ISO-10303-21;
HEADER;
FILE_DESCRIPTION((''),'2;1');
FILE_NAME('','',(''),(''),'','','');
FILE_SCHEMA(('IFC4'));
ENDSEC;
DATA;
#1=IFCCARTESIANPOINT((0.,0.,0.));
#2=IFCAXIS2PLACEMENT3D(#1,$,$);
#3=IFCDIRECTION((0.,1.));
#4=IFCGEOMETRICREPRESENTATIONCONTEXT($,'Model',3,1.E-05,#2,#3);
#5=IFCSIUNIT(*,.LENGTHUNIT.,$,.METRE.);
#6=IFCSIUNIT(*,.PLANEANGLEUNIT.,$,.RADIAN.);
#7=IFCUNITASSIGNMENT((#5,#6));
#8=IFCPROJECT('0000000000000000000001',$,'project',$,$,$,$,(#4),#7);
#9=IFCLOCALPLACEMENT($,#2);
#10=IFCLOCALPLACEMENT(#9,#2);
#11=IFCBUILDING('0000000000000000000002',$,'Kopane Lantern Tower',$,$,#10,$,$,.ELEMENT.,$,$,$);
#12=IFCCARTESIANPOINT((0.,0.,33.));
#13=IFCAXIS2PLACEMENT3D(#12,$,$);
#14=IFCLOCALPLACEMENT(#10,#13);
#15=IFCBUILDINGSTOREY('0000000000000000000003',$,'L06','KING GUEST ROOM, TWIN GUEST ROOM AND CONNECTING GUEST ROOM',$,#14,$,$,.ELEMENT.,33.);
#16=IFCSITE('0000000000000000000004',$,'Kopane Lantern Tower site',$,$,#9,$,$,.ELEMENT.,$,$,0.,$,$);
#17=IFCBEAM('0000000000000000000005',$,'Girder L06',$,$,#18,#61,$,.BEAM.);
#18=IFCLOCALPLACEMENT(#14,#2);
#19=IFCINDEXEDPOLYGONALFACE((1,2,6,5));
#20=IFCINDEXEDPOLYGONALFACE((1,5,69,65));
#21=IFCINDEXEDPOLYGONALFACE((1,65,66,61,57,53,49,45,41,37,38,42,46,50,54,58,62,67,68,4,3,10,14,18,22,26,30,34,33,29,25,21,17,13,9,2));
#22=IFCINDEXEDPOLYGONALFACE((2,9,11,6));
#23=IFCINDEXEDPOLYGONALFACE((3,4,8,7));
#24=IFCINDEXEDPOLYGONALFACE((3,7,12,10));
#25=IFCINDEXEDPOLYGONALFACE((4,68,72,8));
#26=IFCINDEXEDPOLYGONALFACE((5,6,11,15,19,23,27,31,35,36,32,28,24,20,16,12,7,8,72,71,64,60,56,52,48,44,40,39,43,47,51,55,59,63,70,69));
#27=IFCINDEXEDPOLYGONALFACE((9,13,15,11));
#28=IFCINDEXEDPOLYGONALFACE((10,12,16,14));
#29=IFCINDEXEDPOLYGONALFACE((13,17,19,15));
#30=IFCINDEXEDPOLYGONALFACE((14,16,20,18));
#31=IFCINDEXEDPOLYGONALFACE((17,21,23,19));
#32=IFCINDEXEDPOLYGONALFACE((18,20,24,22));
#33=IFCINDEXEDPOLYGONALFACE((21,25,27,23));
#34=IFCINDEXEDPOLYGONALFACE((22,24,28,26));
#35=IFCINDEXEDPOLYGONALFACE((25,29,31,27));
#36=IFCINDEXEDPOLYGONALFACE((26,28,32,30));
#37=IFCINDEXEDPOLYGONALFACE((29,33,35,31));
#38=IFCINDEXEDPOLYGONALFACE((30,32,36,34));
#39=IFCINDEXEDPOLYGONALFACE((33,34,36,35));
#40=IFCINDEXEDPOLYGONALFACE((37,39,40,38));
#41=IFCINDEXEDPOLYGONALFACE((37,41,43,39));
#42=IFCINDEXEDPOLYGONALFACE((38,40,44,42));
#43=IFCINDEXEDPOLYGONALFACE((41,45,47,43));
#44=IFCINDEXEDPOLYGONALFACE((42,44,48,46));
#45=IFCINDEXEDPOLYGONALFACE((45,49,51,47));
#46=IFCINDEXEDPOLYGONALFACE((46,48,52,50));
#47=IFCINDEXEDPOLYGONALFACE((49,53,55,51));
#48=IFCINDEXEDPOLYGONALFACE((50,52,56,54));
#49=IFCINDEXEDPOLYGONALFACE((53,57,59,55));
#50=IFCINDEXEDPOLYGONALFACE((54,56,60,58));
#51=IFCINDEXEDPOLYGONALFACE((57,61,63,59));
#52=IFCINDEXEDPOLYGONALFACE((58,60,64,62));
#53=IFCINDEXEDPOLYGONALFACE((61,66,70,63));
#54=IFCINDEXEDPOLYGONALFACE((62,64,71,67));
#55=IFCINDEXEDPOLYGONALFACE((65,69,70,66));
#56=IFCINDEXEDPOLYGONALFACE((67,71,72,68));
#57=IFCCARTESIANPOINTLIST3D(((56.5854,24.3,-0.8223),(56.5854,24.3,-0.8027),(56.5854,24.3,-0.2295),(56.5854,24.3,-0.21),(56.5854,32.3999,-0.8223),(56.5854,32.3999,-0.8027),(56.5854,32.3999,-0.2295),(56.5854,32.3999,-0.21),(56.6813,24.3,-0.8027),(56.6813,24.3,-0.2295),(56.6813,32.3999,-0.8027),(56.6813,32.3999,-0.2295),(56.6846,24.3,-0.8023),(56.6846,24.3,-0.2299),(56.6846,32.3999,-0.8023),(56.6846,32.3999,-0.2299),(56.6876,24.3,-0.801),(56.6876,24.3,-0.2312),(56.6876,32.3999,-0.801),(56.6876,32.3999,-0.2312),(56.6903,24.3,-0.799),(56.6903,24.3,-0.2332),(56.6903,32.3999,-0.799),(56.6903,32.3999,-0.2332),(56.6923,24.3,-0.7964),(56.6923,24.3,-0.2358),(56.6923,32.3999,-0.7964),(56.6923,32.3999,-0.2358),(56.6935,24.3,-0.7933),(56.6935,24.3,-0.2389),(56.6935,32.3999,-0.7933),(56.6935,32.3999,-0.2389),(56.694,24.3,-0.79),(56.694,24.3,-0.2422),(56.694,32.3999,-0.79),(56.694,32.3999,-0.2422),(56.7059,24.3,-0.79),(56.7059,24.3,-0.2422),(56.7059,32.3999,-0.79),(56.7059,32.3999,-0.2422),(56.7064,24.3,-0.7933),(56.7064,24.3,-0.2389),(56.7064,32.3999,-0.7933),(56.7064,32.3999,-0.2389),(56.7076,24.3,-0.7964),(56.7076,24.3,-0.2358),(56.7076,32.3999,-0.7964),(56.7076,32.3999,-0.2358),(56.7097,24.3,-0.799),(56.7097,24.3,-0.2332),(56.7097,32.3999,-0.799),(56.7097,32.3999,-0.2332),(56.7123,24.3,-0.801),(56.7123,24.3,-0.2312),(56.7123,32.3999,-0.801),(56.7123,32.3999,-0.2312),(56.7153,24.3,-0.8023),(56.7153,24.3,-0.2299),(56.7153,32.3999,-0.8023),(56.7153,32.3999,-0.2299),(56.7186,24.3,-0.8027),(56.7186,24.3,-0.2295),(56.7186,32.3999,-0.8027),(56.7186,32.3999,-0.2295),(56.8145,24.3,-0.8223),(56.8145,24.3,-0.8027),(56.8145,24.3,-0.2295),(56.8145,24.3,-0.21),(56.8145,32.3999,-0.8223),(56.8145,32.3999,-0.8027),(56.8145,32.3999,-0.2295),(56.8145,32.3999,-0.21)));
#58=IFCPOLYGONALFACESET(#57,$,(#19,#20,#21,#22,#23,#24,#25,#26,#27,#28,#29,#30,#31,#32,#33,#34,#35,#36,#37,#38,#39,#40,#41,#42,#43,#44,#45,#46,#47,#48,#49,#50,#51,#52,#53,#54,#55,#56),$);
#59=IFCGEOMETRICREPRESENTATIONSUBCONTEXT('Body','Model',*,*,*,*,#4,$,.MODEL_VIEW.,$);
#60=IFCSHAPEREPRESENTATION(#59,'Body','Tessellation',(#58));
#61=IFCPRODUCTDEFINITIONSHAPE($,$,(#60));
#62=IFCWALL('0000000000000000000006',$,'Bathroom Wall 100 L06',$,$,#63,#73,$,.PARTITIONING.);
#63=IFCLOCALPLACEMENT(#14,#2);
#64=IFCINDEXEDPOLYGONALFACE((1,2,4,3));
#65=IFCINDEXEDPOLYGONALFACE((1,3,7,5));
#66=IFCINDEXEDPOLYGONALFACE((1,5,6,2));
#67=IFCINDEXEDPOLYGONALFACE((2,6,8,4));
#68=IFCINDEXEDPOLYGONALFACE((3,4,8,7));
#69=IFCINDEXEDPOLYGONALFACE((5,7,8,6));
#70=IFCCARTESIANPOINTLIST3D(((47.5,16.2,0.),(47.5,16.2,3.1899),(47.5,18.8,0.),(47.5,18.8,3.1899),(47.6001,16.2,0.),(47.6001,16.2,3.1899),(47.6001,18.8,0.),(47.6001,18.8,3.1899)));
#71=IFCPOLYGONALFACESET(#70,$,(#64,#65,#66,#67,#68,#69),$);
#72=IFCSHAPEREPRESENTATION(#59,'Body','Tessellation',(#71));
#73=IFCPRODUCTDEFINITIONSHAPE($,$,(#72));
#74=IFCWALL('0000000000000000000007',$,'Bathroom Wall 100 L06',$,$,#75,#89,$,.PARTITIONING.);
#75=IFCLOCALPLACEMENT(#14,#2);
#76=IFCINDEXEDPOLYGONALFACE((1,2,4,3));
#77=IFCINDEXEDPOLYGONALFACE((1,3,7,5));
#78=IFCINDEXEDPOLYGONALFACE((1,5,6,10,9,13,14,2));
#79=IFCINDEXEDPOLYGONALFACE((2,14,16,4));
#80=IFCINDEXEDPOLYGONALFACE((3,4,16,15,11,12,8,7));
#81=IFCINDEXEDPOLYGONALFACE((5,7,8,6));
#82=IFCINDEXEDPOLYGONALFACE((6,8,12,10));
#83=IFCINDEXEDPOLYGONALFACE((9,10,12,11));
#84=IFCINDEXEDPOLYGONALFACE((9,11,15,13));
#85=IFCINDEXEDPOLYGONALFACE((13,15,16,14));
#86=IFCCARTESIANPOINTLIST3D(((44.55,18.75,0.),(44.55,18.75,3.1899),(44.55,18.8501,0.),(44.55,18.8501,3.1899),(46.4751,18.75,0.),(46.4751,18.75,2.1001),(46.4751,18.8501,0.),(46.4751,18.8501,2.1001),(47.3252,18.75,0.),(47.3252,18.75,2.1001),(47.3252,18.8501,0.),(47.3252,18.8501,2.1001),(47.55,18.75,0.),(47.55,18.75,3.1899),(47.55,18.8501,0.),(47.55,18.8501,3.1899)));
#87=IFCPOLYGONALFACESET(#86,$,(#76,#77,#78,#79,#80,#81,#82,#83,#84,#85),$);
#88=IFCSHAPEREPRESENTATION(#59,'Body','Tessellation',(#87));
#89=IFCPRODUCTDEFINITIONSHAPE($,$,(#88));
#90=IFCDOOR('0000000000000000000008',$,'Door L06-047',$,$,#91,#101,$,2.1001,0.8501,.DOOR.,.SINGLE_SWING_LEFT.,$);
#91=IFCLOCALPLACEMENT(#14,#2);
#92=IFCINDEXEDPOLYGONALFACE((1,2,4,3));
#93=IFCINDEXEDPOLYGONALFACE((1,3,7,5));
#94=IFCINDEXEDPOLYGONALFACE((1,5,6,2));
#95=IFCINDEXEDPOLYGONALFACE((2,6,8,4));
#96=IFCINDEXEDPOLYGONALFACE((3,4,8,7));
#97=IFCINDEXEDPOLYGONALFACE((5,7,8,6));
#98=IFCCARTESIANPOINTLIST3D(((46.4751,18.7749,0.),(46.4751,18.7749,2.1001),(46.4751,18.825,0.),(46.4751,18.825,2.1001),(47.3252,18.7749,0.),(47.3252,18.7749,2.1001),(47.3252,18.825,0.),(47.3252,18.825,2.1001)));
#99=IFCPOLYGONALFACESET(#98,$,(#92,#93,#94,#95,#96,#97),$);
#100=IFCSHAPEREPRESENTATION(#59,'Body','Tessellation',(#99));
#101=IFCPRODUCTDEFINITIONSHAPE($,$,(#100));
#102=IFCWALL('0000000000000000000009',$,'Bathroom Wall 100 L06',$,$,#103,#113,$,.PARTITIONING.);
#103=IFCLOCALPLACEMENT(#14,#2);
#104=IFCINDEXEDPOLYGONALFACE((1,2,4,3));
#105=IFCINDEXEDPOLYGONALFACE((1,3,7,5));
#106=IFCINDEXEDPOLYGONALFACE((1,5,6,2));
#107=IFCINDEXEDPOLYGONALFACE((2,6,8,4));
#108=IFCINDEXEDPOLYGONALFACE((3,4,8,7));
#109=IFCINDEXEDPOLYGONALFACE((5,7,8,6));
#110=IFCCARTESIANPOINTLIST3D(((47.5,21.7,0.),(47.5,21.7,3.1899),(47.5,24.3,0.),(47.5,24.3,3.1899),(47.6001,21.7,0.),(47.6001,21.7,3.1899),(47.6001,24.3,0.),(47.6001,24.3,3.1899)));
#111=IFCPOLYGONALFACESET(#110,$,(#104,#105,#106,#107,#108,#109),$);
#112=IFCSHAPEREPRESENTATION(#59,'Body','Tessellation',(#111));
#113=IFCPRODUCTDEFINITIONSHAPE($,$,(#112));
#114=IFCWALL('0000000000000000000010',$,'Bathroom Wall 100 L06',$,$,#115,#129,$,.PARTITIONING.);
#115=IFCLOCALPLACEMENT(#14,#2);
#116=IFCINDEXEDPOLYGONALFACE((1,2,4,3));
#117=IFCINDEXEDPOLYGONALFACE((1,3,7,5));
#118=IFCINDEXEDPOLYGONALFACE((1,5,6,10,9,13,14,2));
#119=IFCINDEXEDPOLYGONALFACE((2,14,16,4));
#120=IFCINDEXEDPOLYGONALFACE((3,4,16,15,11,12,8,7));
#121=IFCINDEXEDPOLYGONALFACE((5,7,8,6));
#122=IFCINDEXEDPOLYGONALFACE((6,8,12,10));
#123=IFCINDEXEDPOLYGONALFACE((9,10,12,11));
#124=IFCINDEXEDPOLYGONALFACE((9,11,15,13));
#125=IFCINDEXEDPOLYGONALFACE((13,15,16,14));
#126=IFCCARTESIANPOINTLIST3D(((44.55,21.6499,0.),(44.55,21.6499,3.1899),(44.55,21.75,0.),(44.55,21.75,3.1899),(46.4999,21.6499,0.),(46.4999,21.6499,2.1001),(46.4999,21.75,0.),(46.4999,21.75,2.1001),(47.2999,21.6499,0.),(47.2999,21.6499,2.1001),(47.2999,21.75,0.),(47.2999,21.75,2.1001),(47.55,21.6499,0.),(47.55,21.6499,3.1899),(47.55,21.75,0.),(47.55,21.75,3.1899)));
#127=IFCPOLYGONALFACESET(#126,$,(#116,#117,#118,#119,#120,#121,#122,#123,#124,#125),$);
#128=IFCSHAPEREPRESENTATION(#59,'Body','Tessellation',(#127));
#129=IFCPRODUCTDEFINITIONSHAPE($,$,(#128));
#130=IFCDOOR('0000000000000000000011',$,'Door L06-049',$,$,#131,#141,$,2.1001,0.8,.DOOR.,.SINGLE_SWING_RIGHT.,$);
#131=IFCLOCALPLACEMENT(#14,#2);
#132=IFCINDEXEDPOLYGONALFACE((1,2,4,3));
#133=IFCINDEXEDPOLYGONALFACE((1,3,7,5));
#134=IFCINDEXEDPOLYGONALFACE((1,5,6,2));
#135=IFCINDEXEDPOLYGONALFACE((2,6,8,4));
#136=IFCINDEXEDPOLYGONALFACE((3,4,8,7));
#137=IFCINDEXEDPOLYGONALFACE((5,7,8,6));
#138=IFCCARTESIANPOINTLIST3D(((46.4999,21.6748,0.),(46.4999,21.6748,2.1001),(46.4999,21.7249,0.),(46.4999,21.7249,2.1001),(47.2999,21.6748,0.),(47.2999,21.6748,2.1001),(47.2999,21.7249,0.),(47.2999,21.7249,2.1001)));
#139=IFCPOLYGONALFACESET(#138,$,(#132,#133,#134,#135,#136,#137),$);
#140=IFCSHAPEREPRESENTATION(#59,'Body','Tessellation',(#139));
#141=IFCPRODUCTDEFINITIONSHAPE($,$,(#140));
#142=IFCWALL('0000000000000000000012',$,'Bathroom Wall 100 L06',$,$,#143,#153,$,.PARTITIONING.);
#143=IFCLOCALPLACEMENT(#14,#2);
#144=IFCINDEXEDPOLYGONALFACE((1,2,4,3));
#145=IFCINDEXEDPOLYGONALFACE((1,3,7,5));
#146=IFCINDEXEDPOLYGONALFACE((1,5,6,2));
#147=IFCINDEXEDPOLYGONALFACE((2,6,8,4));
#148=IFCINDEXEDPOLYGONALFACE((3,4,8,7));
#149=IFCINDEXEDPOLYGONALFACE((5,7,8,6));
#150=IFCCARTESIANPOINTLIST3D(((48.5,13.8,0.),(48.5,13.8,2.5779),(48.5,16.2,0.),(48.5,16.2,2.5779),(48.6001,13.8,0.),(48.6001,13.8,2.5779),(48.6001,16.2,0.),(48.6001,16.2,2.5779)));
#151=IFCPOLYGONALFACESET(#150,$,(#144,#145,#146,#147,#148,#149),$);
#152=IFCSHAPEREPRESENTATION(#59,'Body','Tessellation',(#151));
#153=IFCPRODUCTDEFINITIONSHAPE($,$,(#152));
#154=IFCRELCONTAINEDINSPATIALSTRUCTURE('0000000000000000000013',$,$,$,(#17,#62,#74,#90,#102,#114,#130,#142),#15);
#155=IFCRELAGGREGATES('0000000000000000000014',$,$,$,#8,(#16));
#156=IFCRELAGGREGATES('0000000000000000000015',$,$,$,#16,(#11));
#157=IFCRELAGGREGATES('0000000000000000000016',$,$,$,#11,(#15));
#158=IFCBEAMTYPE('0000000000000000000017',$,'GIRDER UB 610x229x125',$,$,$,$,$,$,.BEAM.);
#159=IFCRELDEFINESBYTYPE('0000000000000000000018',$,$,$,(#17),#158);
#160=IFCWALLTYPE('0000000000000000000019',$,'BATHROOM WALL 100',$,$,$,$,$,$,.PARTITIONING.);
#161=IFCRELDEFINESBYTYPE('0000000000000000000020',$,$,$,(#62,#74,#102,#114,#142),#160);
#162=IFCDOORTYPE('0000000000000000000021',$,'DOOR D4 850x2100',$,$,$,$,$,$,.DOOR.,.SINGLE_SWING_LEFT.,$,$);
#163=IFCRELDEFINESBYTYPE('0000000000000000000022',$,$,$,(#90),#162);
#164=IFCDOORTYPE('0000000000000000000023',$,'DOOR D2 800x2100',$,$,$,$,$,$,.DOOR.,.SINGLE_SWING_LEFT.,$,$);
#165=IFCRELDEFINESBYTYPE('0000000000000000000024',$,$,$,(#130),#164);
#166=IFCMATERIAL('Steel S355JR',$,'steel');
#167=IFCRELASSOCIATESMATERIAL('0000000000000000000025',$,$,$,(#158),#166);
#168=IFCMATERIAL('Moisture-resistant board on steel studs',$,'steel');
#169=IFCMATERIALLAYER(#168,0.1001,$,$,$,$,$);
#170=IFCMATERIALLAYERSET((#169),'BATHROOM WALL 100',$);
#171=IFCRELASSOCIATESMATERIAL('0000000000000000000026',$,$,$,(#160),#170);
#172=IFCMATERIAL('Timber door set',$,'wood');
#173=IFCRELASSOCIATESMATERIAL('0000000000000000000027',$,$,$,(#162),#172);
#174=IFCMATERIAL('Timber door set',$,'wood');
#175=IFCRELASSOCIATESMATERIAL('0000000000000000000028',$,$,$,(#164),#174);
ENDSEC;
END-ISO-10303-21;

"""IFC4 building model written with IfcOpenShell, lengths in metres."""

from ifc_helpers import new_model, si_unit, direction, frame, frame_2d, origin, origin_2d, place, context, subcontext, project, spatial, rectangle, i_section, extrude, material, layer, layer_set, material_profile, profile_set, type_object, element, fill, save


model = new_model("IFC4")

# Units and contexts
model_context = context("Model", 3, precision=1e-05, world=origin(), true_north=direction((0.0, 1.0)))
body_context = subcontext(model_context, "Body", "Model", "MODEL_VIEW")
ifc_project = project(units=[si_unit("LENGTHUNIT", "METRE"), si_unit("PLANEANGLEUNIT", "RADIAN")], contexts=[model_context])

# Site, building, storey
site_placement = place(None, origin())
site = spatial("IfcSite", under=ifc_project, at=site_placement, Name="Kopane Lantern Tower site", CompositionType="ELEMENT", RefElevation=0.0)
building_placement = place(site_placement, origin())
building = spatial("IfcBuilding", under=site, at=building_placement, Name="Kopane Lantern Tower", CompositionType="ELEMENT")
storey_placement = place(building_placement, frame((0.0, 0.0, 33.0)))
storey = spatial("IfcBuildingStorey", under=building, at=storey_placement, Name="L06", Description="KING GUEST ROOM, TWIN GUEST ROOM AND CONNECTING GUEST ROOM", CompositionType="ELEMENT", Elevation=33.0)

# Beam
ifc_material_1 = material(Name="Steel S355JR", Category="steel")
ifc_material_profile_1 = material_profile(ifc_material_1, i_section(OverallWidth=0.229, OverallDepth=0.6123, WebThickness=0.012, FlangeThickness=0.0195, FilletRadius=0.0127, at=origin_2d()), Name="UB 610x229x125")
ifc_profile_set_1 = profile_set([ifc_material_profile_1], Name="Steel S355JR")
beam_type = type_object("IfcBeamType", Name="GIRDER UB 610x229x125", PredefinedType="BEAM", material=ifc_profile_set_1)
beam_1_placement = place(storey_placement, frame((56.7, 24.3, -0.5161), z_axis=(0.0, 1.0, 0.0), x_axis=(-1.0, 0.0, 0.0)))
element("IfcBeam", 1, at=beam_1_placement, inside=storey, type_object=beam_type, Name="Girder L06", PredefinedType="BEAM", context=body_context, shape_type="SweptSolid", body=[
    extrude(i_section(OverallWidth=0.229, OverallDepth=0.6123, WebThickness=0.012, FlangeThickness=0.0195, FilletRadius=0.0127, at=origin_2d()), origin(), (0.0, 0.0, 1.0), 8.0999),
])

# Wall
ifc_material_2 = material(Name="Moisture-resistant board on steel studs", Category="steel")
ifc_layer_1 = layer(ifc_material_2, 0.1001)
ifc_layer_set_1 = layer_set([ifc_layer_1], Name="BATHROOM WALL 100")
wall_type_1 = type_object("IfcWallType", Name="BATHROOM WALL 100", PredefinedType="PARTITIONING", material=ifc_layer_set_1)
wall_1_placement = place(storey_placement, frame((47.55, 16.2, 0.0), z_axis=(0.0, 0.0, 1.0), x_axis=(0.0, 1.0, 0.0)))
element("IfcWall", 2, at=wall_1_placement, inside=storey, type_object=wall_type_1, Name="Bathroom Wall 100 L06", PredefinedType="PARTITIONING", context=body_context, shape_type="SweptSolid", body=[
    extrude(rectangle(XDim=2.6001, YDim=0.1001, at=frame_2d((1.3, 0.0))), origin(), (0.0, 0.0, 1.0), 3.1899),
])

# Wall, opening, door
wall_2_placement = place(storey_placement, frame((44.55, 18.8, 0.0), z_axis=(0.0, 0.0, 1.0), x_axis=(1.0, 0.0, 0.0)))
wall_2 = element("IfcWall", 3, at=wall_2_placement, inside=storey, type_object=wall_type_1, Name="Bathroom Wall 100 L06", PredefinedType="PARTITIONING", context=body_context, shape_type="SweptSolid", body=[
    extrude(rectangle(XDim=3.0, YDim=0.1001, at=frame_2d((1.5, 0.0))), origin(), (0.0, 0.0, 1.0), 3.1899),
])
opening_1_placement = place(wall_2_placement, frame((1.925, 0.0, 0.0)))
opening_1 = element("IfcOpeningElement", 4, at=opening_1_placement, cuts=wall_2, PredefinedType="OPENING", context=body_context, shape_type="SweptSolid", body=[
    extrude(rectangle(XDim=0.8501, YDim=2.1001, at=frame_2d((0.425, 1.05))), frame((0.0, 0.0601, 0.0), z_axis=(0.0, -1.0, 0.0), x_axis=(1.0, 0.0, 0.0)), (0.0, 0.0, 1.0), 0.1201),
])
ifc_material_3 = material(Name="Timber door set", Category="wood")
door_type_1 = type_object("IfcDoorType", Name="DOOR D4 850x2100", OperationType="SINGLE_SWING_LEFT", PredefinedType="DOOR", material=ifc_material_3)
door_1_placement = place(opening_1_placement, origin())
door_1 = element("IfcDoor", 5, at=door_1_placement, inside=storey, type_object=door_type_1, Name="Door L06-047", OperationType="SINGLE_SWING_LEFT", OverallHeight=2.1001, OverallWidth=0.8501, PredefinedType="DOOR", context=body_context, shape_type="SweptSolid", body=[
    extrude(rectangle(XDim=0.8501, YDim=2.1001, at=frame_2d((0.425, 1.05))), frame((0.0, 0.0249, 0.0), z_axis=(0.0, -1.0, 0.0), x_axis=(1.0, 0.0, 0.0)), (0.0, 0.0, 1.0), 0.05),
])
fill(opening_1, door_1)

# Wall
wall_3_placement = place(storey_placement, frame((47.55, 21.7, 0.0), z_axis=(0.0, 0.0, 1.0), x_axis=(0.0, 1.0, 0.0)))
element("IfcWall", 6, at=wall_3_placement, inside=storey, type_object=wall_type_1, Name="Bathroom Wall 100 L06", PredefinedType="PARTITIONING", context=body_context, shape_type="SweptSolid", body=[
    extrude(rectangle(XDim=2.6001, YDim=0.1001, at=frame_2d((1.3, 0.0))), origin(), (0.0, 0.0, 1.0), 3.1899),
])

# Wall, opening, door
wall_4_placement = place(storey_placement, frame((44.55, 21.7, 0.0), z_axis=(0.0, 0.0, 1.0), x_axis=(1.0, 0.0, 0.0)))
wall_4 = element("IfcWall", 7, at=wall_4_placement, inside=storey, type_object=wall_type_1, Name="Bathroom Wall 100 L06", PredefinedType="PARTITIONING", context=body_context, shape_type="SweptSolid", body=[
    extrude(rectangle(XDim=3.0, YDim=0.1001, at=frame_2d((1.5, 0.0))), origin(), (0.0, 0.0, 1.0), 3.1899),
])
opening_2_placement = place(wall_4_placement, frame((1.95, 0.0, 0.0)))
opening_2 = element("IfcOpeningElement", 8, at=opening_2_placement, cuts=wall_4, PredefinedType="OPENING", context=body_context, shape_type="SweptSolid", body=[
    extrude(rectangle(XDim=0.8, YDim=2.1001, at=frame_2d((0.3999, 1.05))), frame((0.0, 0.0601, 0.0), z_axis=(0.0, -1.0, 0.0), x_axis=(1.0, 0.0, 0.0)), (0.0, 0.0, 1.0), 0.1201),
])
ifc_material_4 = material(Name="Timber door set", Category="wood")
door_type_2 = type_object("IfcDoorType", Name="DOOR D2 800x2100", OperationType="SINGLE_SWING_LEFT", PredefinedType="DOOR", material=ifc_material_4)
door_2_placement = place(opening_2_placement, origin())
door_2 = element("IfcDoor", 9, at=door_2_placement, inside=storey, type_object=door_type_2, Name="Door L06-049", OperationType="SINGLE_SWING_RIGHT", OverallHeight=2.1001, OverallWidth=0.8, PredefinedType="DOOR", context=body_context, shape_type="SweptSolid", body=[
    extrude(rectangle(XDim=0.8, YDim=2.1001, at=frame_2d((0.3999, 1.05))), frame((0.0, 0.0249, 0.0), z_axis=(0.0, -1.0, 0.0), x_axis=(1.0, 0.0, 0.0)), (0.0, 0.0, 1.0), 0.05),
])
fill(opening_2, door_2)

# Wall
wall_5_placement = place(storey_placement, frame((48.55, 16.2, 0.0), z_axis=(0.0, 0.0, 1.0), x_axis=(0.0, -1.0, 0.0)))
element("IfcWall", 10, at=wall_5_placement, inside=storey, type_object=wall_type_1, Name="Bathroom Wall 100 L06", PredefinedType="PARTITIONING", context=body_context, shape_type="SweptSolid", body=[
    extrude(rectangle(XDim=2.3999, YDim=0.1001, at=frame_2d((1.2, 0.0))), origin(), (0.0, 0.0, 1.0), 2.5779),
])

save(model, "model.ifc")
